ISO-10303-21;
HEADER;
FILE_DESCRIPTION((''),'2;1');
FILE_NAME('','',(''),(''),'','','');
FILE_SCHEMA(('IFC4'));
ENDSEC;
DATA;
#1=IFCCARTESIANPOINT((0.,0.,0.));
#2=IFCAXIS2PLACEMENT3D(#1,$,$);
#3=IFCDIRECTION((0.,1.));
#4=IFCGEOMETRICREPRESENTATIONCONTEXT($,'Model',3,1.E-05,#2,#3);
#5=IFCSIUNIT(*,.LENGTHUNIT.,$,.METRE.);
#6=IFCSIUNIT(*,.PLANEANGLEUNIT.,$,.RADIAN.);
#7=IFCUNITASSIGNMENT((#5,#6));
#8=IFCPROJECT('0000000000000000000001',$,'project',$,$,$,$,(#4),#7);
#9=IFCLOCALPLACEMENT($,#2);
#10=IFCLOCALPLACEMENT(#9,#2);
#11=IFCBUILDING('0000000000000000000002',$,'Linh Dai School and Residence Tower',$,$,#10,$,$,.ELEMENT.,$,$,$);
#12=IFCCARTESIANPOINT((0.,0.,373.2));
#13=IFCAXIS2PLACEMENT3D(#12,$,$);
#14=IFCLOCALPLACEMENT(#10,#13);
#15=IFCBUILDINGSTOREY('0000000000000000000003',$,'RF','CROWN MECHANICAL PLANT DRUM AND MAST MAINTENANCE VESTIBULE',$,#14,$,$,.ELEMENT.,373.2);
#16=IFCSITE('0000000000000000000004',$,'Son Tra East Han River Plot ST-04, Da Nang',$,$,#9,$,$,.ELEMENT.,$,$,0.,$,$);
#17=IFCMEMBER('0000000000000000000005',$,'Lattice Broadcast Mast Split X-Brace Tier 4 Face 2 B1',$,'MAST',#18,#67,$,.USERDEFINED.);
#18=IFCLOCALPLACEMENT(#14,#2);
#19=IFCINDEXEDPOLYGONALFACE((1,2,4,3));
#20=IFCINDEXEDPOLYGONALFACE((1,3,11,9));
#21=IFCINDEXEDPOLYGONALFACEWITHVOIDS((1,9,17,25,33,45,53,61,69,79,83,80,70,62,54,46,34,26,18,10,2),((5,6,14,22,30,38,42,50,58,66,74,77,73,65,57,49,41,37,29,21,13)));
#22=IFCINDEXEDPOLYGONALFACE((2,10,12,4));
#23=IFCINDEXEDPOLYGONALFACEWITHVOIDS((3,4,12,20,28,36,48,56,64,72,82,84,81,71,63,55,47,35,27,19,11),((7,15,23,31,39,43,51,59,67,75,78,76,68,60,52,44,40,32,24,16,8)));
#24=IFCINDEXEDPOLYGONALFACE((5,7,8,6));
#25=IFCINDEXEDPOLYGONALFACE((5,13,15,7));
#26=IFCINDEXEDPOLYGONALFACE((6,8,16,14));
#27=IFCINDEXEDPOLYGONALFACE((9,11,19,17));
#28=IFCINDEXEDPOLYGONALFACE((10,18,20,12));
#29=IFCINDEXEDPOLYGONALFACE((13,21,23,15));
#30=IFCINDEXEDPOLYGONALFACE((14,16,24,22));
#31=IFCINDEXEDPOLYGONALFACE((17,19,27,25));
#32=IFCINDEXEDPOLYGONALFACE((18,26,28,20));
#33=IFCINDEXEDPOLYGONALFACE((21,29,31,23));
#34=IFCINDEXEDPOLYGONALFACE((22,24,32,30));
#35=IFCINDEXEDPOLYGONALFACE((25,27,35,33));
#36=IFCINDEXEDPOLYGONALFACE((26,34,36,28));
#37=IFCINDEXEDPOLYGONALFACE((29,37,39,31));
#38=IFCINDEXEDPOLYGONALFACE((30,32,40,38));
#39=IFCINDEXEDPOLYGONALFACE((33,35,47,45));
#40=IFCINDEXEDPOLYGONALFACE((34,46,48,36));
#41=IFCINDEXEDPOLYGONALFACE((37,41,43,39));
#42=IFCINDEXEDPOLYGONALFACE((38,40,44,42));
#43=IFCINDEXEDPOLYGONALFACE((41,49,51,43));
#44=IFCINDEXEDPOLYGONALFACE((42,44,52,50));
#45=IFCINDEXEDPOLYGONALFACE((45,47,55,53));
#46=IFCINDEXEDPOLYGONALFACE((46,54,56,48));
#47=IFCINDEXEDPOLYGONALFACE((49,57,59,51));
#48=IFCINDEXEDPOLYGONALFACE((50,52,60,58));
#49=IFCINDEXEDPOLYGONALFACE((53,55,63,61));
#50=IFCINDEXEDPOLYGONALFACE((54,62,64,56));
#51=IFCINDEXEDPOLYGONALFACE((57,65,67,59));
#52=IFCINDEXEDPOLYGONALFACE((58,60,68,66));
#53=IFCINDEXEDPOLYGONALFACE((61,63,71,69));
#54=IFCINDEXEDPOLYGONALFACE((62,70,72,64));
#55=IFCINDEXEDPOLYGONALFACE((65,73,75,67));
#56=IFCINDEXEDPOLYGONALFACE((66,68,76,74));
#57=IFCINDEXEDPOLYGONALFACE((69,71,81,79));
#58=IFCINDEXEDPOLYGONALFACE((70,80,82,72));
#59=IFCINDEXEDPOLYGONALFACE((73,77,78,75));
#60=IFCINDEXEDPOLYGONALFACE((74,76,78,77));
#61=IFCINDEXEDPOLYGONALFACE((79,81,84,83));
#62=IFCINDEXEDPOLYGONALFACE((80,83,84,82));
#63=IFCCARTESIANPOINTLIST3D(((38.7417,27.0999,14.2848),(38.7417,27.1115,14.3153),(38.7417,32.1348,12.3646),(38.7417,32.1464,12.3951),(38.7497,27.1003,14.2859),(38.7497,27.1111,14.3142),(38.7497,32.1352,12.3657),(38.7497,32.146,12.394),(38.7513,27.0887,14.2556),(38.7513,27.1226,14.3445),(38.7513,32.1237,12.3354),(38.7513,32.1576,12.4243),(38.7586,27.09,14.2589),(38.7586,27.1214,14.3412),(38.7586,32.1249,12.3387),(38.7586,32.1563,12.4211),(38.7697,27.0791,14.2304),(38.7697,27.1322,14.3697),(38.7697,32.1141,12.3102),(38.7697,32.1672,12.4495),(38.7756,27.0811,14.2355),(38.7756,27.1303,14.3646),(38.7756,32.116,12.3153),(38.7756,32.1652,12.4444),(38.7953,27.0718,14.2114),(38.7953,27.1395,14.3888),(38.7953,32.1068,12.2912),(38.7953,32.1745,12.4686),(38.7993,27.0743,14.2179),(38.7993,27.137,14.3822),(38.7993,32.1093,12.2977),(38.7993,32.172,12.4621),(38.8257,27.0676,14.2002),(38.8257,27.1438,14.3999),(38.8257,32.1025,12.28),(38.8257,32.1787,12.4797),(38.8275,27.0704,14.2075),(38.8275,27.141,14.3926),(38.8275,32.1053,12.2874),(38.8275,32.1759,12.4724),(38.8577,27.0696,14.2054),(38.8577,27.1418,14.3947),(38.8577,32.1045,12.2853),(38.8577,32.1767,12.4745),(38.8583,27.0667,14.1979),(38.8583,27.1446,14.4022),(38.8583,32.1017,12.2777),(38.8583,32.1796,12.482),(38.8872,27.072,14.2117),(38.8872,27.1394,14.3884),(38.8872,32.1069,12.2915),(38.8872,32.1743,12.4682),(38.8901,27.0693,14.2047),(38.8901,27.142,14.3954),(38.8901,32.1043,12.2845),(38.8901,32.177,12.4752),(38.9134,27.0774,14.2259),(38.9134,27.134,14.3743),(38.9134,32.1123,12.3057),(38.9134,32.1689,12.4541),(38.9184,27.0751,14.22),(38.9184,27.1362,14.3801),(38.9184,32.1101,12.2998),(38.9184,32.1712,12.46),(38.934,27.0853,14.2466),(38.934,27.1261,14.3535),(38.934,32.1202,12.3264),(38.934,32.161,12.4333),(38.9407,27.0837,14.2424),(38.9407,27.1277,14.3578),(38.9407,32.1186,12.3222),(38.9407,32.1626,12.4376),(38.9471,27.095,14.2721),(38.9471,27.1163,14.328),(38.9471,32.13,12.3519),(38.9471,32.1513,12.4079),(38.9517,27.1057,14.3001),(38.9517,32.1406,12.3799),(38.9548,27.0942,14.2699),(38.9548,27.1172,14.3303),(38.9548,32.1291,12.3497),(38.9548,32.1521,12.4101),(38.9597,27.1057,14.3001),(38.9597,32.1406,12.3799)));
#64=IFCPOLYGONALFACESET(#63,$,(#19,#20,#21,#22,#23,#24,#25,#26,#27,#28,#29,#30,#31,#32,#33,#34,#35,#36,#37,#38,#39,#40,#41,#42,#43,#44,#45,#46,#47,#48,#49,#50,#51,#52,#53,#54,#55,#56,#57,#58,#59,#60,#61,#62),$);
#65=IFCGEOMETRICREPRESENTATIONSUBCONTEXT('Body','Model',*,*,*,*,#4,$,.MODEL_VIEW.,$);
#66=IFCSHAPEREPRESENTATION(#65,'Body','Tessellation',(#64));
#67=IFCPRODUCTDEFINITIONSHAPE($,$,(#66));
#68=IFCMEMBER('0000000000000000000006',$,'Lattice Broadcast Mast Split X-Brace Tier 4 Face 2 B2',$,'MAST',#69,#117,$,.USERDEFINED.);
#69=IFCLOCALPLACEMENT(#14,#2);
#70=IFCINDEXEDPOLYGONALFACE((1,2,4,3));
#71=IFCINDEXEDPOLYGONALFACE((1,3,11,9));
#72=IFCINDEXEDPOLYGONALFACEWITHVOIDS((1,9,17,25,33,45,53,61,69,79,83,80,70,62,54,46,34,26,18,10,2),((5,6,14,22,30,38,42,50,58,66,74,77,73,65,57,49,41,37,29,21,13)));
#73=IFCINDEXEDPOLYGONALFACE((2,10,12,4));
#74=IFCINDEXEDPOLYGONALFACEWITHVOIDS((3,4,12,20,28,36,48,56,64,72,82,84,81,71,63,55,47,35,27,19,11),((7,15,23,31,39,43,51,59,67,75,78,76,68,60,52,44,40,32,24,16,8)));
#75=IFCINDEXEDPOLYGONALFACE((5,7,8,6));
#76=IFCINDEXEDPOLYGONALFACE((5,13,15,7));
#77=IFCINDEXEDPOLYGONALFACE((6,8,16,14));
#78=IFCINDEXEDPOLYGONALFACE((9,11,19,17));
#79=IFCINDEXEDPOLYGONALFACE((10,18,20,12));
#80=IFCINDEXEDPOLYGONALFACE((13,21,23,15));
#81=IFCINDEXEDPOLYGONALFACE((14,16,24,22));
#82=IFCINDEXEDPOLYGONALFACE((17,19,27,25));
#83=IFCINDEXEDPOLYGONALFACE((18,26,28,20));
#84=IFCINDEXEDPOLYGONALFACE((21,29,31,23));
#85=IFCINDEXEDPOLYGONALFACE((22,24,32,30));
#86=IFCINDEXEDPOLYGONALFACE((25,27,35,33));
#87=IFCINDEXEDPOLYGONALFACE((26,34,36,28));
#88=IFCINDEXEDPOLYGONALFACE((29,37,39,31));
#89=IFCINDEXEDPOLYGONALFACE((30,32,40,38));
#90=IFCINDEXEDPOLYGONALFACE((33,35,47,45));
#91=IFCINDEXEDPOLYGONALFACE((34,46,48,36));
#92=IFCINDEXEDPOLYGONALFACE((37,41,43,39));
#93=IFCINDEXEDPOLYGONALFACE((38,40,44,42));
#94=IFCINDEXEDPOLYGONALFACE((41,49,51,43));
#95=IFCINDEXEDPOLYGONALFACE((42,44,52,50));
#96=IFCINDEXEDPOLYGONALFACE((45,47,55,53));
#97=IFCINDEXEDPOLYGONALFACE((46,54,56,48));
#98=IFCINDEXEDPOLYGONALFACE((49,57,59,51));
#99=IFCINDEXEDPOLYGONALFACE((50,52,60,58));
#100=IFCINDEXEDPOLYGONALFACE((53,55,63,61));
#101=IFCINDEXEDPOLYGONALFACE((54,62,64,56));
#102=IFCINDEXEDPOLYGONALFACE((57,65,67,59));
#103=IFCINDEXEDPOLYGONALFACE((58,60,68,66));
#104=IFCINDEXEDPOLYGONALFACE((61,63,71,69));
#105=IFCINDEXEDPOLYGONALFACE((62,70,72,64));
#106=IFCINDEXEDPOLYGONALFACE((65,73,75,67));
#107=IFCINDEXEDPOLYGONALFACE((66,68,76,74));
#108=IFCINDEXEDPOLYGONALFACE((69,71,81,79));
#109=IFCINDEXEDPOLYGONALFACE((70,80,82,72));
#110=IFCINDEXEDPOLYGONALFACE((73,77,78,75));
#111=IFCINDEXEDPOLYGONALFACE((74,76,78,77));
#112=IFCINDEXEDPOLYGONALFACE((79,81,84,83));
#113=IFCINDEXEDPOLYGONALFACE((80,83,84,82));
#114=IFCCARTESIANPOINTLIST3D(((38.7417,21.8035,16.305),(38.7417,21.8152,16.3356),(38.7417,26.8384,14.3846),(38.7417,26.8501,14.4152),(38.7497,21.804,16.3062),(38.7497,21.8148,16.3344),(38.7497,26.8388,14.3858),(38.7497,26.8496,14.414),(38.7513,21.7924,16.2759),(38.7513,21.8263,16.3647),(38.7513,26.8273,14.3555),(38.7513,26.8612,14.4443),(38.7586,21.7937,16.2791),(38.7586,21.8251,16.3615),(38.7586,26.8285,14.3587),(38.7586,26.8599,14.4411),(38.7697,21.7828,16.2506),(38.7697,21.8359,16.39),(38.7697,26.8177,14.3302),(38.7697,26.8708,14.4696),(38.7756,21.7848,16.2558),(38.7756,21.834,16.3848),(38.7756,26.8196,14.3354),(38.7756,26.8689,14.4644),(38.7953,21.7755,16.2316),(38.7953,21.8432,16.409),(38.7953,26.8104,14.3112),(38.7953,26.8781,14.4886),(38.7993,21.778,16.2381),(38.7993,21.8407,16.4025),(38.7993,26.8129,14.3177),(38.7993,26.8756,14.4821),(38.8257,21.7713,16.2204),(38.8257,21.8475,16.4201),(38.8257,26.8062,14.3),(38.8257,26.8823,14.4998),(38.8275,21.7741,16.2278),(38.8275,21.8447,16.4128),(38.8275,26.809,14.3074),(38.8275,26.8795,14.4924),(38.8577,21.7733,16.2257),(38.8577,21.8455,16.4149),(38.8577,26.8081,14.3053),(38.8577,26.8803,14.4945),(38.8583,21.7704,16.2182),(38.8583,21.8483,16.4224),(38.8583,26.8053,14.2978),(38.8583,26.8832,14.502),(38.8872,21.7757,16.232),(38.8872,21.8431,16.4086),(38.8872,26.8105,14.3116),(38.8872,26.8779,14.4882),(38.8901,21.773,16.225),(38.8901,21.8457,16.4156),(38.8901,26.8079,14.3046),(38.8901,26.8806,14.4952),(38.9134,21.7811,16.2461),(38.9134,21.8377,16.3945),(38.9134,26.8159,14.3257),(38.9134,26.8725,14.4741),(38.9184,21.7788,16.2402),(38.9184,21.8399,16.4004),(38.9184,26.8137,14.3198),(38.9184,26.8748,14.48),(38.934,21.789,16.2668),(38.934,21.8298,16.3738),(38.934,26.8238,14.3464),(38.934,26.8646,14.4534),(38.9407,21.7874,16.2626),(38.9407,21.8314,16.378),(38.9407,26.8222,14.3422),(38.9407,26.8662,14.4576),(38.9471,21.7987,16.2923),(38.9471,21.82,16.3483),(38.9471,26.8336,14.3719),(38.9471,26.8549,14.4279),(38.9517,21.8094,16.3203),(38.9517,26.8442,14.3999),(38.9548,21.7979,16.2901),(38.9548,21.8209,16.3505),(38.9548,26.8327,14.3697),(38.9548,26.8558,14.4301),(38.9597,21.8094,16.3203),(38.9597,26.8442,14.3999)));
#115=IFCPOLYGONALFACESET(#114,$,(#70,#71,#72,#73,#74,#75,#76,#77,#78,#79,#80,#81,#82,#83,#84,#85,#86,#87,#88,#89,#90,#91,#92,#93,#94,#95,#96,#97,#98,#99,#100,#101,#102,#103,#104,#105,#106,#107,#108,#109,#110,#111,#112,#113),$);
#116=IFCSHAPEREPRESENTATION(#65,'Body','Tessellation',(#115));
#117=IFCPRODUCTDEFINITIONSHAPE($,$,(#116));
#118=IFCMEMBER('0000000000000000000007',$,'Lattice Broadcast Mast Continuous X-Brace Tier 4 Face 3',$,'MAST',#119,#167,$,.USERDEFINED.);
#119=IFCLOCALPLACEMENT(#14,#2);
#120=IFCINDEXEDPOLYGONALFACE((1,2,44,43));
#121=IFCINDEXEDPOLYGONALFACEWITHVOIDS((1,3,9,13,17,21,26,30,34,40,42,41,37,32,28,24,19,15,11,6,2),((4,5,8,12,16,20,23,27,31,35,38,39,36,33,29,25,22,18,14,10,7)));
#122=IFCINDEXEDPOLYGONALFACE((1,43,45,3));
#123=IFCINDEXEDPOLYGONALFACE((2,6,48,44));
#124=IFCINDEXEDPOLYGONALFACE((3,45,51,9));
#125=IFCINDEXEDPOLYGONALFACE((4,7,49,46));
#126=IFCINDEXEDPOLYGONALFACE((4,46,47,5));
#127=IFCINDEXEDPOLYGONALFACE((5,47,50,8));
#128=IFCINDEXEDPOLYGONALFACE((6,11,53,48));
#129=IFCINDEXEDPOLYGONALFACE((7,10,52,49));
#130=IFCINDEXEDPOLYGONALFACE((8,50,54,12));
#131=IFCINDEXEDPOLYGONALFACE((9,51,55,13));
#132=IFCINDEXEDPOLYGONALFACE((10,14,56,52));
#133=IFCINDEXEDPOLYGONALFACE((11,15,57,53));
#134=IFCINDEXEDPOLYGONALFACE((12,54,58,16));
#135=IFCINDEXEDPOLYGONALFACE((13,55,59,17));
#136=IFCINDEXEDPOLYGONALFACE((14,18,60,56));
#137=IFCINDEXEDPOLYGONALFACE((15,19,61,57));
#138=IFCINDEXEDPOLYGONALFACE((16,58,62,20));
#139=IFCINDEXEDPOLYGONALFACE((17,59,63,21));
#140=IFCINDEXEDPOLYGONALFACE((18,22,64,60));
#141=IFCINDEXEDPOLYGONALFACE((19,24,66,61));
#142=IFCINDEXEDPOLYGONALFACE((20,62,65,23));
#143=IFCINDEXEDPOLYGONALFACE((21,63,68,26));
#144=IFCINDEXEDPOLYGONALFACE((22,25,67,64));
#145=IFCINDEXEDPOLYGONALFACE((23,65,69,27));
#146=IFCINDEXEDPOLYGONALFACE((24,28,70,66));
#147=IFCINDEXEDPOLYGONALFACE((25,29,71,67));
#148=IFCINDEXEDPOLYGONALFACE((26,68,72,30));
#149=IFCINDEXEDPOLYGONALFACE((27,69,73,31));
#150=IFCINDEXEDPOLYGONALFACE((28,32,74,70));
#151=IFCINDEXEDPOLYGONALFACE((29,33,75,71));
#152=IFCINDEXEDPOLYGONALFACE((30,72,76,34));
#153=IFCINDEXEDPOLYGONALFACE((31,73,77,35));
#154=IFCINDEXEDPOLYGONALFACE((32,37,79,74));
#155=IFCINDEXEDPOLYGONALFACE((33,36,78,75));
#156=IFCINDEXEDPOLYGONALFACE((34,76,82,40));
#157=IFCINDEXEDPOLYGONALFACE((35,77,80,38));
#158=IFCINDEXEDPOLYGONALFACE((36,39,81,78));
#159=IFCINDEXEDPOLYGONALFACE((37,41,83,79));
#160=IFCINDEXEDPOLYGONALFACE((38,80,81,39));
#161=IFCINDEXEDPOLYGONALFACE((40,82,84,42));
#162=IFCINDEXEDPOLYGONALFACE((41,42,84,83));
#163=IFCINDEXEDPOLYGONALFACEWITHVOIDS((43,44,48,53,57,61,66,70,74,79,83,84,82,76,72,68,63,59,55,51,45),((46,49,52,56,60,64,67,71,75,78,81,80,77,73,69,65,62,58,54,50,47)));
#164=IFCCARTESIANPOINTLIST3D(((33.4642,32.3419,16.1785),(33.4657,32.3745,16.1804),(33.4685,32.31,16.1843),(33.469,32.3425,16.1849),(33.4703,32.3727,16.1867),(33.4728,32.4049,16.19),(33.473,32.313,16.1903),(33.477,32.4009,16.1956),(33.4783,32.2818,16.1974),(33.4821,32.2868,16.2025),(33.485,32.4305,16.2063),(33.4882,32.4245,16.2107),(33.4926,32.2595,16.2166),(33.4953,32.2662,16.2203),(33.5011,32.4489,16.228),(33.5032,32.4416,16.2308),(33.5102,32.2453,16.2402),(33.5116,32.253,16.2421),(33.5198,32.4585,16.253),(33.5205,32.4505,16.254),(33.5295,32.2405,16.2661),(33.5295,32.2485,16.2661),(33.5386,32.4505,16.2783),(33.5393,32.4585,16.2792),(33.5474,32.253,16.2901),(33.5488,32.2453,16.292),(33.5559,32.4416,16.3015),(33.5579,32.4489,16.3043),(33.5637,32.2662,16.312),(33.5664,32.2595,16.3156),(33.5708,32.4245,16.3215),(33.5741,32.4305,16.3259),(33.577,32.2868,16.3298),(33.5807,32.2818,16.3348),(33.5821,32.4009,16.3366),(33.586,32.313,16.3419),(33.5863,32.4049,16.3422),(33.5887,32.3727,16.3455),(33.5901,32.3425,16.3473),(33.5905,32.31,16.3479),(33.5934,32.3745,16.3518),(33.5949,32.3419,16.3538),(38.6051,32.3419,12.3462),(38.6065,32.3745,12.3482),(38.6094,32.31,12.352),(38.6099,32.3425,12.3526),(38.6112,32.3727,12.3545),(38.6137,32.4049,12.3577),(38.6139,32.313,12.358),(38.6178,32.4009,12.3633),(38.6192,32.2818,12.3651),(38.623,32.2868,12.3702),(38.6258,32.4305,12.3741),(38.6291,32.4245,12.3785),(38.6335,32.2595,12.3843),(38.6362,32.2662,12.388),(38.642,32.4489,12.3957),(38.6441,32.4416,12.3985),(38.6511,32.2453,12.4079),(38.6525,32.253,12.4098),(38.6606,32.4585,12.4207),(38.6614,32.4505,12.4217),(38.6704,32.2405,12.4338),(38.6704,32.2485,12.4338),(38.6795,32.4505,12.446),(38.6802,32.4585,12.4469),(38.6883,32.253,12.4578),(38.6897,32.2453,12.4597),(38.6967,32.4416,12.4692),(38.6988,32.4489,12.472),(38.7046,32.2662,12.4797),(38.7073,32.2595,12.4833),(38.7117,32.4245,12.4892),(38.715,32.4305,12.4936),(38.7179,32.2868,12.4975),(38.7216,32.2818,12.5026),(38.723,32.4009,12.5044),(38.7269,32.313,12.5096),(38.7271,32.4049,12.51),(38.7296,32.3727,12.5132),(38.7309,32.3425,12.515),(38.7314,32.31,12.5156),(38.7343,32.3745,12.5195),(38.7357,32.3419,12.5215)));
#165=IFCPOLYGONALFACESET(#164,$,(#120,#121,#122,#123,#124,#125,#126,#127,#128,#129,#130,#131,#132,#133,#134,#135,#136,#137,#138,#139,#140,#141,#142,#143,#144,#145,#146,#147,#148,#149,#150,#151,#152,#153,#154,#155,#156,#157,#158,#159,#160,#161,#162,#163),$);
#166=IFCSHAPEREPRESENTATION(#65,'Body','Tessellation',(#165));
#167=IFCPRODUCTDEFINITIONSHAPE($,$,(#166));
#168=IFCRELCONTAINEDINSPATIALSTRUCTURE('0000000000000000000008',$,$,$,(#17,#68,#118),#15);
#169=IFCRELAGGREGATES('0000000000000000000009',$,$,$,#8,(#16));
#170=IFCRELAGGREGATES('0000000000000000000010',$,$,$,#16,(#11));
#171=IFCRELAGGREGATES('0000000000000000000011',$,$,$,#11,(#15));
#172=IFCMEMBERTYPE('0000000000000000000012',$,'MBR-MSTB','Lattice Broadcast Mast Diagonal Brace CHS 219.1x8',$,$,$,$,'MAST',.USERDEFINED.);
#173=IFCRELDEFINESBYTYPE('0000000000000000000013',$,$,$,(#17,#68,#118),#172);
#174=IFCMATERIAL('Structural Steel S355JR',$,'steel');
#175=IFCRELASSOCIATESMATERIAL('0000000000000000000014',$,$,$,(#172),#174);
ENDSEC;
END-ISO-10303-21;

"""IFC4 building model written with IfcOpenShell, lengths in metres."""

from ifc_helpers import new_model, si_unit, direction, frame, origin, origin_2d, place, context, subcontext, project, spatial, hollow_circle, extrude, material, material_profile, profile_set, type_object, element, save


model = new_model("IFC4")

# Units and contexts
model_context = context("Model", 3, precision=1e-05, world=origin(), true_north=direction((0.0, 1.0)))
body_context = subcontext(model_context, "Body", "Model", "MODEL_VIEW")
ifc_project = project(units=[si_unit("LENGTHUNIT", "METRE"), si_unit("PLANEANGLEUNIT", "RADIAN")], contexts=[model_context])

# Site, building, storey
site_placement = place(None, origin())
site = spatial("IfcSite", under=ifc_project, at=site_placement, Name="Son Tra East Han River Plot ST-04, Da Nang", CompositionType="ELEMENT", RefElevation=0.0)
building_placement = place(site_placement, origin())
building = spatial("IfcBuilding", under=site, at=building_placement, Name="Linh Dai School and Residence Tower", CompositionType="ELEMENT")
storey_placement = place(building_placement, frame((0.0, 0.0, 373.2)))
storey = spatial("IfcBuildingStorey", under=building, at=storey_placement, Name="RF", Description="CROWN MECHANICAL PLANT DRUM AND MAST MAINTENANCE VESTIBULE", CompositionType="ELEMENT", Elevation=373.2)

# Shared definitions
ifc_material = material(Name="Structural Steel S355JR", Category="steel")

# Members
ifc_material_profile_1 = material_profile(ifc_material, hollow_circle(Radius=0.1096, WallThickness=0.0081, at=origin_2d()), Name="CHS 219.1x8")
ifc_profile_set_1 = profile_set([ifc_material_profile_1], Name="Structural Steel S355JR")
member_type = type_object("IfcMemberType", Name="MBR-MSTB", Description="Lattice Broadcast Mast Diagonal Brace CHS 219.1x8", ElementType="MAST", PredefinedType="USERDEFINED", material=ifc_profile_set_1)
for number, where, z_axis, x_axis, name in (
    (1, (38.8501, 32.1406, 12.3799), (0.0, -0.934358, 0.356336), (1.0, 0.0, 0.0), "Lattice Broadcast Mast Split X-Brace Tier 4 Face 2 B1"),
    (2, (38.8501, 26.8442, 14.3999), (0.0, -0.934343, 0.356376), (1.0, 0.0, 0.0), "Lattice Broadcast Mast Split X-Brace Tier 4 Face 2 B2"),
):
    element("IfcMember", number, at=place(storey_placement, frame(where, z_axis=z_axis, x_axis=x_axis)), inside=storey, type_object=member_type, Name=name, ObjectType="MAST", PredefinedType="USERDEFINED", context=body_context, shape_type="SweptSolid", body=[
        extrude(hollow_circle(Radius=0.1096, WallThickness=0.0081, at=origin_2d()), origin(), (0.0, 0.0, 1.0), 5.3887),
    ])
member_1_placement = place(storey_placement, frame((38.6704, 32.3501, 12.4338), z_axis=(-0.801747, 0.0, 0.597664), x_axis=(0.0, -1.0, 0.0)))
element("IfcMember", 3, at=member_1_placement, inside=storey, type_object=member_type, Name="Lattice Broadcast Mast Continuous X-Brace Tier 4 Face 3", ObjectType="MAST", PredefinedType="USERDEFINED", context=body_context, shape_type="SweptSolid", body=[
    extrude(hollow_circle(Radius=0.1096, WallThickness=0.0081, at=origin_2d()), origin(), (0.0, 0.0, 1.0), 6.4121),
])

save(model, "model.ifc")
